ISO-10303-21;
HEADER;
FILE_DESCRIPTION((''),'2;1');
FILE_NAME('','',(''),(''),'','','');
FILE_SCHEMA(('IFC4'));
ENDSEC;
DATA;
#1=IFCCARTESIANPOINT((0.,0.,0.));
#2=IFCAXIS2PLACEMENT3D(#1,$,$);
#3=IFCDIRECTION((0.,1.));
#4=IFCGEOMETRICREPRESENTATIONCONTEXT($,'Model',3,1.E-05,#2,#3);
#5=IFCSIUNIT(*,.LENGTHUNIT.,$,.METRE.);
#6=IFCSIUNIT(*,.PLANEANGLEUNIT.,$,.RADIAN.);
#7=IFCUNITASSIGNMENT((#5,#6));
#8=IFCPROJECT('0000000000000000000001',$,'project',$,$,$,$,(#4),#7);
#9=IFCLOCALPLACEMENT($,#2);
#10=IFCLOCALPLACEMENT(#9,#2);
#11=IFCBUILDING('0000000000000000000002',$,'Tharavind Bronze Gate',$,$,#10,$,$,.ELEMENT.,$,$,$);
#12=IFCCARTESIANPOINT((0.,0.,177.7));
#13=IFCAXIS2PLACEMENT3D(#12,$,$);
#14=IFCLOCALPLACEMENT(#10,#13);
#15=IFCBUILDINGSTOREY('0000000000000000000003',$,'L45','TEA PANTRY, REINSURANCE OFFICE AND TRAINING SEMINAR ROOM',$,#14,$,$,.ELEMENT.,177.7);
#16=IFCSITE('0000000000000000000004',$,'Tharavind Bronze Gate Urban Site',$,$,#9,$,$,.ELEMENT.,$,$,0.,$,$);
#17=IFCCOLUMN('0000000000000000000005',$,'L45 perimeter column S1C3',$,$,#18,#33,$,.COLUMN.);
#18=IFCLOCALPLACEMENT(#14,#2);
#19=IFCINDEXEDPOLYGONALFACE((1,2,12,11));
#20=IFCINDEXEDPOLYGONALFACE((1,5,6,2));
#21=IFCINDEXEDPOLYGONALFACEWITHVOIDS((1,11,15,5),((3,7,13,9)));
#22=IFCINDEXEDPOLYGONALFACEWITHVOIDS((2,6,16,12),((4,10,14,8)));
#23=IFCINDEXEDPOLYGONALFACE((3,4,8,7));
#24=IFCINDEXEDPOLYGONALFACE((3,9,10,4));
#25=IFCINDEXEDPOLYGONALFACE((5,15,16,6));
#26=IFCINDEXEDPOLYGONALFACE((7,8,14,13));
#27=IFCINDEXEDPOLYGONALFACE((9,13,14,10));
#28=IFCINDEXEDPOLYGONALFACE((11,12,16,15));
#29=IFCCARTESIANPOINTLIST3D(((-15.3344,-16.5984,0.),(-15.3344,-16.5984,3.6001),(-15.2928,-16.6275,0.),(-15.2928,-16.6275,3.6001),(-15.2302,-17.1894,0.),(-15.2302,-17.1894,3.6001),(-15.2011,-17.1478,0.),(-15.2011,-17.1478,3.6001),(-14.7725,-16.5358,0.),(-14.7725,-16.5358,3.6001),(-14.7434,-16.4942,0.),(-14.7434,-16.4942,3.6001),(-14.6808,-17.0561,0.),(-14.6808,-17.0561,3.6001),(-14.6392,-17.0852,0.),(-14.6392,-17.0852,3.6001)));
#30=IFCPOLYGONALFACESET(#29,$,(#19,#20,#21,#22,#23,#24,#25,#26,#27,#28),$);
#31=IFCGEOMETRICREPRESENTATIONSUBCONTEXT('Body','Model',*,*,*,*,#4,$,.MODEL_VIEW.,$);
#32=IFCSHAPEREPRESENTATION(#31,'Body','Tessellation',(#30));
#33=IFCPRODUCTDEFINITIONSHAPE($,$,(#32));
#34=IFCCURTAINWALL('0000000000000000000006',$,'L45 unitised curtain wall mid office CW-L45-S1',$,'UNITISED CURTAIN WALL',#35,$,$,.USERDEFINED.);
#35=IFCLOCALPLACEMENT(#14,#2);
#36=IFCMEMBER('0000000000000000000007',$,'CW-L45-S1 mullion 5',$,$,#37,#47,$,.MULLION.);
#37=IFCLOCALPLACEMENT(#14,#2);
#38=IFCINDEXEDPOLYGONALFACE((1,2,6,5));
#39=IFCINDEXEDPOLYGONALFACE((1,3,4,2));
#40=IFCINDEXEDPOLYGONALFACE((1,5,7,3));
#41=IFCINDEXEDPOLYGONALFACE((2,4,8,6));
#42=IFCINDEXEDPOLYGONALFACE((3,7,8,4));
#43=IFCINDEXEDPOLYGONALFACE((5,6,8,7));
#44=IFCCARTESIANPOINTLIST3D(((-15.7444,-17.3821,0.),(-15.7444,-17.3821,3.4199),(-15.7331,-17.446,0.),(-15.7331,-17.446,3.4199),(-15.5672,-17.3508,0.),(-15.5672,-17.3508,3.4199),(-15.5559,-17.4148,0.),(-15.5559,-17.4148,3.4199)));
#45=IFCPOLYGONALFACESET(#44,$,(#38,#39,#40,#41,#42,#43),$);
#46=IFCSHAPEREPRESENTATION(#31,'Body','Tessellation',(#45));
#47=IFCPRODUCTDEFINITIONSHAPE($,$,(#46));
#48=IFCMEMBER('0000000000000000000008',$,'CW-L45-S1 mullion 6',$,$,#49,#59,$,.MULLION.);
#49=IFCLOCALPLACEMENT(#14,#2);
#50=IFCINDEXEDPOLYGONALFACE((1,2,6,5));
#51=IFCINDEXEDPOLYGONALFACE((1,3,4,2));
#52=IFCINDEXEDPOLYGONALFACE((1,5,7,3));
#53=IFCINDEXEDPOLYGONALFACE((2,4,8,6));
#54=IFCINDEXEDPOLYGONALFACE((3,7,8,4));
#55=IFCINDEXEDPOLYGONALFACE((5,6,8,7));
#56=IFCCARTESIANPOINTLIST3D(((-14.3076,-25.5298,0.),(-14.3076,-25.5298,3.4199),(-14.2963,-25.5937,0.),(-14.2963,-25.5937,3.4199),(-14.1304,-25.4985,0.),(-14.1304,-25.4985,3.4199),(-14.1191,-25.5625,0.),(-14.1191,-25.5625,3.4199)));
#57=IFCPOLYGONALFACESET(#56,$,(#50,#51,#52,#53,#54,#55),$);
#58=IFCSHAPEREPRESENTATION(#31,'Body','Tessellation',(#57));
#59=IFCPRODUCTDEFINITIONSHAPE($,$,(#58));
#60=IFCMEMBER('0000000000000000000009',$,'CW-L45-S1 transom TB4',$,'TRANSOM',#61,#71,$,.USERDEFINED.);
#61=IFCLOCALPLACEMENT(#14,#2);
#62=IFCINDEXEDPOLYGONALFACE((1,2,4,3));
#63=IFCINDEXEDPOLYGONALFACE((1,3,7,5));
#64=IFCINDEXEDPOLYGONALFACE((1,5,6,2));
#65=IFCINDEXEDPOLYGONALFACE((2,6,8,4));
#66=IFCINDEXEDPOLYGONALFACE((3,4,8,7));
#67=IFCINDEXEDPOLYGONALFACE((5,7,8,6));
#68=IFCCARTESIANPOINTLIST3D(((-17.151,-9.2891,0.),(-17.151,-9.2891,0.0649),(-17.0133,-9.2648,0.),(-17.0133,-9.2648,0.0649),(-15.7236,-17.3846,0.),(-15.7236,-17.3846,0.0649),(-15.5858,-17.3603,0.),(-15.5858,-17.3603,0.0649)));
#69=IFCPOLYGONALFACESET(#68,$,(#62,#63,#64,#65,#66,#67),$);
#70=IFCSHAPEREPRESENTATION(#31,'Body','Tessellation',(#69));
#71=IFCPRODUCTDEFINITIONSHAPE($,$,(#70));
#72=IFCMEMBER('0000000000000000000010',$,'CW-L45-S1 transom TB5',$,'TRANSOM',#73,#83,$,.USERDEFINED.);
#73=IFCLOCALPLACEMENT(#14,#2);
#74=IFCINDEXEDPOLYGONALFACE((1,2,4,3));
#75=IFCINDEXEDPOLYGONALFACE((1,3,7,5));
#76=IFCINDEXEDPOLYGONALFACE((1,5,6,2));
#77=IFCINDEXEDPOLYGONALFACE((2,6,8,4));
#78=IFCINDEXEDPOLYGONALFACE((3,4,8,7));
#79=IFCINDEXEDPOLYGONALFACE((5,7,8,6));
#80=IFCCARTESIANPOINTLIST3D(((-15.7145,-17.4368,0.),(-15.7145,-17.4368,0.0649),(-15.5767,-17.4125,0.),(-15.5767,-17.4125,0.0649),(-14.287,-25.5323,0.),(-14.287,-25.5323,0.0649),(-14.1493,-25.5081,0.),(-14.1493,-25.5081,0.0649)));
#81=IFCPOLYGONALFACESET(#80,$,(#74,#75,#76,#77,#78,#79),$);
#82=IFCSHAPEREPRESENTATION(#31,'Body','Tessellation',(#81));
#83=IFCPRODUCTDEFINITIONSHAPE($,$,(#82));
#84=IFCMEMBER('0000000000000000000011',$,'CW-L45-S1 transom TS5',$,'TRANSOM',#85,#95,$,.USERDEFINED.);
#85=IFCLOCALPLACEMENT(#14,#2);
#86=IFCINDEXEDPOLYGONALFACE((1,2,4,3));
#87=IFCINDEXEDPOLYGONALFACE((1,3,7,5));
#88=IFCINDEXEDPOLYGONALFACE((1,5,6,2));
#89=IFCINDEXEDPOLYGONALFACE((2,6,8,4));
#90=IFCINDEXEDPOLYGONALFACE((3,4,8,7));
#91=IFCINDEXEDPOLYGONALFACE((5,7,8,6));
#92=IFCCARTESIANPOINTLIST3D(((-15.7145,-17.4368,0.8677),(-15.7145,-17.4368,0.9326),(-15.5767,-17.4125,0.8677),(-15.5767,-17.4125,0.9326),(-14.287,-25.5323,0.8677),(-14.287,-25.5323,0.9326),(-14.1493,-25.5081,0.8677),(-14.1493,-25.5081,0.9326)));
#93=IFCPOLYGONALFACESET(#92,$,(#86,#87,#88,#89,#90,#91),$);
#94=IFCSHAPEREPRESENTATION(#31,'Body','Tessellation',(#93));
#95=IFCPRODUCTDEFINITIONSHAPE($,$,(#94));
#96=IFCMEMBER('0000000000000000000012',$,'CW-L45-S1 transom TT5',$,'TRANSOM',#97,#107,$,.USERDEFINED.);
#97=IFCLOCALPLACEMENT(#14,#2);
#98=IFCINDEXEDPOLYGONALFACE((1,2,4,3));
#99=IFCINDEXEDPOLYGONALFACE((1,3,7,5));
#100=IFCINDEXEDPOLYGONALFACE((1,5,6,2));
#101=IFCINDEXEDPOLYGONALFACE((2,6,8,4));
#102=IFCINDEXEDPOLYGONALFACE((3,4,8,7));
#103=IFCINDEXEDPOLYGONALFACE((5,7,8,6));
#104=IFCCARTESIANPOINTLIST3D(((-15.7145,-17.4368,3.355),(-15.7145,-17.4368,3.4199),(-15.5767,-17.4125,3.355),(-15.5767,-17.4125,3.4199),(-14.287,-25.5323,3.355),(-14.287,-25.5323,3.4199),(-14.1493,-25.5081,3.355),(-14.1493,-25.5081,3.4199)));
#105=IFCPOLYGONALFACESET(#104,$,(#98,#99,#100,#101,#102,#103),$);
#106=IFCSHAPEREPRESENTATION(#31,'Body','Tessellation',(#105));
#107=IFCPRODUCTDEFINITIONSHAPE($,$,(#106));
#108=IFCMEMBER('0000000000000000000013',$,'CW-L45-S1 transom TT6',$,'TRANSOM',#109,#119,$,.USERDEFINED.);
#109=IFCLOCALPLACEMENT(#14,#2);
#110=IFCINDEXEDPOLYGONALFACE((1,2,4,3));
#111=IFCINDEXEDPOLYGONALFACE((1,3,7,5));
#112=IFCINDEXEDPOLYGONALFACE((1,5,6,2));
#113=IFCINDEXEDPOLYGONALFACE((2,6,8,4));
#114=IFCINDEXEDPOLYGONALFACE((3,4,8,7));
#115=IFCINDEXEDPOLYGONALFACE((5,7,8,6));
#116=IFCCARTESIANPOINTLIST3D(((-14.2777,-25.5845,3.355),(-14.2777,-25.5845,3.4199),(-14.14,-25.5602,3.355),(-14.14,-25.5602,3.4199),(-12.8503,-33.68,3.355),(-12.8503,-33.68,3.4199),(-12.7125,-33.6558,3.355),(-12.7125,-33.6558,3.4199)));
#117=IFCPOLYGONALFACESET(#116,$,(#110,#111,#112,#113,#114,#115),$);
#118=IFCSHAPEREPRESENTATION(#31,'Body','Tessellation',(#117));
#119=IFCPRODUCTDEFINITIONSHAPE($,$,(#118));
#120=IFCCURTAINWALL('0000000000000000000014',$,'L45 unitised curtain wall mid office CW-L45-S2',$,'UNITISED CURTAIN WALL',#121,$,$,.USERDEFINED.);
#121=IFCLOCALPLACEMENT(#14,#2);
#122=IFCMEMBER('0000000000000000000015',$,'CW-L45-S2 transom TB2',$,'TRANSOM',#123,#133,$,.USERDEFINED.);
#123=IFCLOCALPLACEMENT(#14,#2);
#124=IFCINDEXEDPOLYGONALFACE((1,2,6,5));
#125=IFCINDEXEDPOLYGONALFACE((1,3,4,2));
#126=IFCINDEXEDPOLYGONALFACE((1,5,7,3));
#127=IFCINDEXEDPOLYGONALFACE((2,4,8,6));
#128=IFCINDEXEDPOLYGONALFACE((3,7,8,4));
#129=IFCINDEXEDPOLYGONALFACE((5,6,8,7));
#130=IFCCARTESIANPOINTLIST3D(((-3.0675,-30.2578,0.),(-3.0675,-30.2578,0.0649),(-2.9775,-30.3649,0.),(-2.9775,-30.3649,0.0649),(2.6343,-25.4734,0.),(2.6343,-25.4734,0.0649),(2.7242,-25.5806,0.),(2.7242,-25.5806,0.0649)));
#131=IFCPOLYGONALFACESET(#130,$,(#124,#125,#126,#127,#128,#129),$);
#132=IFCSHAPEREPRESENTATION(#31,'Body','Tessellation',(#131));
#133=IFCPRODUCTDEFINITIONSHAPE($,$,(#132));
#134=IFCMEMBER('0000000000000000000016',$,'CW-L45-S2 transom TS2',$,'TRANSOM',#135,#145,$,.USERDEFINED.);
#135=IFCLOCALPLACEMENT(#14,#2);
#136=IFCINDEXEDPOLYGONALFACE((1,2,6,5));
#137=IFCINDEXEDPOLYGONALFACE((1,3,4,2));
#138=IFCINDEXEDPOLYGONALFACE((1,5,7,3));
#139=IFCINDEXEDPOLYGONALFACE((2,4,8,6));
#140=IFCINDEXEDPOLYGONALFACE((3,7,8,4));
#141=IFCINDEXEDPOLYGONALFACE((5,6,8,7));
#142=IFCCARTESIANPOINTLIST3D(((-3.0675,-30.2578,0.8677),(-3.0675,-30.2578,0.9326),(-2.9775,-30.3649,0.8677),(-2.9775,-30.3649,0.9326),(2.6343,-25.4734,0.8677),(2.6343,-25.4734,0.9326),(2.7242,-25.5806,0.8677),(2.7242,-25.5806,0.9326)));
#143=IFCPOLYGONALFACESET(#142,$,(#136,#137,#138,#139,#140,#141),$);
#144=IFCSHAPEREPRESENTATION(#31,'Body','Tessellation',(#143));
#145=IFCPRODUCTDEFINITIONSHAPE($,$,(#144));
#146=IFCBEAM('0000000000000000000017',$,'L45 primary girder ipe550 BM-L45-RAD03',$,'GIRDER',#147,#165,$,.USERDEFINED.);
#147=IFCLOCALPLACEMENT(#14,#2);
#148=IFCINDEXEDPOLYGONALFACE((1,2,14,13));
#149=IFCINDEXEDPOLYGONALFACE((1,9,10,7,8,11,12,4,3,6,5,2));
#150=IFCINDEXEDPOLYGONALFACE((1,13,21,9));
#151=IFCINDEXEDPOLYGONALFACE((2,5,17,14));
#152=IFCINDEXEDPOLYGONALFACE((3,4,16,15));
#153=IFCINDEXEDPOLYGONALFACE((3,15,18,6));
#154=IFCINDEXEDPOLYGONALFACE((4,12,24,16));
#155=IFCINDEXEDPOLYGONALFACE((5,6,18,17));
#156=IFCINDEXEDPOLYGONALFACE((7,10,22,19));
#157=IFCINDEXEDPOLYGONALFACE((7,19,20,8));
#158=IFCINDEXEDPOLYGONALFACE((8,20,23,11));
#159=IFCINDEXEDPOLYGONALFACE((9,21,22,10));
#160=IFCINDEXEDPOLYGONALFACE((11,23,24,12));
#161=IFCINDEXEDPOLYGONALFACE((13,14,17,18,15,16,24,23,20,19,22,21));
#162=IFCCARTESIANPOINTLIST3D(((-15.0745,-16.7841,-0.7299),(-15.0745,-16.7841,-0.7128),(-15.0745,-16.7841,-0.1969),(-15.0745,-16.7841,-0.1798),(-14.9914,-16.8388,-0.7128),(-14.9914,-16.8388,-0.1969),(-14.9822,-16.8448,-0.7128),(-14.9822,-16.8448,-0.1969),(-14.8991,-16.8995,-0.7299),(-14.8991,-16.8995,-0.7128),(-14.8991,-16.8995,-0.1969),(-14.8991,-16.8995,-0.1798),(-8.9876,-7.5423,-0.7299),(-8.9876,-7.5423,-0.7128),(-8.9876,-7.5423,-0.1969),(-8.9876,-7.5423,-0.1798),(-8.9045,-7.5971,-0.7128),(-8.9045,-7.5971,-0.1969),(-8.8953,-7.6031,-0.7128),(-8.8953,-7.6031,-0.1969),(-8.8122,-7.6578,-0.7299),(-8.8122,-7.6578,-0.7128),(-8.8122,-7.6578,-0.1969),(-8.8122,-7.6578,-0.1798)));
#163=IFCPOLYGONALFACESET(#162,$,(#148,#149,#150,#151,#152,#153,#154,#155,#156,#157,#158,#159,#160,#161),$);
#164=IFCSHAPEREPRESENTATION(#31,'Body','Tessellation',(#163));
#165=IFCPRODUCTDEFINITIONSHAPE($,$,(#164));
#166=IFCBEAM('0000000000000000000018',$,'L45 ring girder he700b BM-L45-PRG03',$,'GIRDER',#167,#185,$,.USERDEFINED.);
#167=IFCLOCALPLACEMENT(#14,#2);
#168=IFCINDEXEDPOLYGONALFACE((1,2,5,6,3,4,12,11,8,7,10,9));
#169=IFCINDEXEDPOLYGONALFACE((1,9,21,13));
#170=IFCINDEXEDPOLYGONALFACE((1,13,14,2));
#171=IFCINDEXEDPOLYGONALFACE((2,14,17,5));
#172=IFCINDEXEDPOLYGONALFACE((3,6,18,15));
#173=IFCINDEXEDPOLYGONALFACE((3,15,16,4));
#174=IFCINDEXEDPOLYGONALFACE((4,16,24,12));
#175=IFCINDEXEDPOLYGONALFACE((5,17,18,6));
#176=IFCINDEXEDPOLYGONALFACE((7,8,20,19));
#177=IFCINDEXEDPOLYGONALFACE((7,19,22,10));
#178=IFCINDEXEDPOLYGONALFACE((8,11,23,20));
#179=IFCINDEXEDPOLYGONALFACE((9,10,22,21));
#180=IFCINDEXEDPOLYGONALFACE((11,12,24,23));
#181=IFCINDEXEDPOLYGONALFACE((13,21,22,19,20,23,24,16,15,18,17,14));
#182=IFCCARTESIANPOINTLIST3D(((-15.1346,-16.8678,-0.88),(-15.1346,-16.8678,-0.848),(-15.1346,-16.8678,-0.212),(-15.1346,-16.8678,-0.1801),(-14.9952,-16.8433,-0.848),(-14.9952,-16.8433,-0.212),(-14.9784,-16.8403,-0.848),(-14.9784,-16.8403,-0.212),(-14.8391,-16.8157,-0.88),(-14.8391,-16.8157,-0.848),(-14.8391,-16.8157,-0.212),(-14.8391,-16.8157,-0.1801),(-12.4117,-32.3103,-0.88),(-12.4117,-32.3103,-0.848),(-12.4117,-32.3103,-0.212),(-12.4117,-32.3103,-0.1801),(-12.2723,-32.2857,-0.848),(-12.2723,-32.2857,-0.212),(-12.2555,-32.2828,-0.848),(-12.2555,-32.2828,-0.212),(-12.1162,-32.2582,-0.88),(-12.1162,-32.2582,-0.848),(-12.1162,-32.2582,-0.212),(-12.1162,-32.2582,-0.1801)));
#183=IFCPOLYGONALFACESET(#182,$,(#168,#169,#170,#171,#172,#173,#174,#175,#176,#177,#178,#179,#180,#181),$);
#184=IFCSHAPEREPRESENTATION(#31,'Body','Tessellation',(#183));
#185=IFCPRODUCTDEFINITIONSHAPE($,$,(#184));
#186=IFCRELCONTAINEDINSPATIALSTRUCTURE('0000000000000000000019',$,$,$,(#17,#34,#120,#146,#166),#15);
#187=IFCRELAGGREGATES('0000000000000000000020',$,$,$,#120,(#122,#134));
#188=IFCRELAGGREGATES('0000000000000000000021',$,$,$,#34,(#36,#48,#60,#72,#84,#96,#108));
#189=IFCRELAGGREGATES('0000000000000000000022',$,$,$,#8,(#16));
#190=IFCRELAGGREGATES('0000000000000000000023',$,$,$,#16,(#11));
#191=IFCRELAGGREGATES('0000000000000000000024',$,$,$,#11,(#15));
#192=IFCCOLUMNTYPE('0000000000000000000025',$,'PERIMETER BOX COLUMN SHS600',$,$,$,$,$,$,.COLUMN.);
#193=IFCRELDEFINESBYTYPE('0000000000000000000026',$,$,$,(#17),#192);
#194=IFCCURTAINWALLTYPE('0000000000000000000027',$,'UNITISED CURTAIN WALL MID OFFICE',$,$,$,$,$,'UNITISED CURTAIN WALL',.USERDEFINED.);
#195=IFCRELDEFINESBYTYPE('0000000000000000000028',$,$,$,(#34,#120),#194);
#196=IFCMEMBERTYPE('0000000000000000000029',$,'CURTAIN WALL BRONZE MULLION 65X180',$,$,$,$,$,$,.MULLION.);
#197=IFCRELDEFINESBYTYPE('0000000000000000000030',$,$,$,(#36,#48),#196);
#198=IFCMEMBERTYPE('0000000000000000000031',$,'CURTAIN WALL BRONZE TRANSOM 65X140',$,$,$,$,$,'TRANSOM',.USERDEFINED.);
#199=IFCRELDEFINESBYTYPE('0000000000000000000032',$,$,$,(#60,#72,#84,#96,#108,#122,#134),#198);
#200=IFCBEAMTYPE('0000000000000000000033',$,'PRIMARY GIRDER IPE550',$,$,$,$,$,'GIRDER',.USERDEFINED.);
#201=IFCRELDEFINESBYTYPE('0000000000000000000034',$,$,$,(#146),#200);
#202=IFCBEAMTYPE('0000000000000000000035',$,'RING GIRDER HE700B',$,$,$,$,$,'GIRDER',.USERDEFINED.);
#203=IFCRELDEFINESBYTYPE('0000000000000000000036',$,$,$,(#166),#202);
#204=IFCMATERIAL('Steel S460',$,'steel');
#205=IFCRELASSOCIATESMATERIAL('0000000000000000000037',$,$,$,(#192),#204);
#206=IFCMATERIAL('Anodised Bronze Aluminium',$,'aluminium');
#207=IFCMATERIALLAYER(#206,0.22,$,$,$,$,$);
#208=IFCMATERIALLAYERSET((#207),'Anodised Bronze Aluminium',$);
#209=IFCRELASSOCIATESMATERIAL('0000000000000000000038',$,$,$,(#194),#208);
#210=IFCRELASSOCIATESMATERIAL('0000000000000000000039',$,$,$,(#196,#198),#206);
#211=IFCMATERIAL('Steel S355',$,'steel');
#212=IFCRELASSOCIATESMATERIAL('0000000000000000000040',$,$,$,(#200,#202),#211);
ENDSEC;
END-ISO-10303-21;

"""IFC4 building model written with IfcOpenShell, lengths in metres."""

from ifc_helpers import new_model, si_unit, direction, frame, origin, origin_2d, place, context, subcontext, project, spatial, rectangle, hollow_rectangle, i_section, extrude, material, layer, layer_set, material_profile, profile_set, type_object, element, aggregate, save


model = new_model("IFC4")

# Units and contexts
model_context = context("Model", 3, precision=1e-05, world=origin(), true_north=direction((0.0, 1.0)))
body_context = subcontext(model_context, "Body", "Model", "MODEL_VIEW")
ifc_project = project(units=[si_unit("LENGTHUNIT", "METRE"), si_unit("PLANEANGLEUNIT", "RADIAN")], contexts=[model_context])

# Site, building, storey
site_placement = place(None, origin())
site = spatial("IfcSite", under=ifc_project, at=site_placement, Name="Tharavind Bronze Gate Urban Site", CompositionType="ELEMENT", RefElevation=0.0)
building_placement = place(site_placement, origin())
building = spatial("IfcBuilding", under=site, at=building_placement, Name="Tharavind Bronze Gate", CompositionType="ELEMENT")
storey_placement = place(building_placement, frame((0.0, 0.0, 177.7)))
storey = spatial("IfcBuildingStorey", under=building, at=storey_placement, Name="L45", Description="TEA PANTRY, REINSURANCE OFFICE AND TRAINING SEMINAR ROOM", CompositionType="ELEMENT", Elevation=177.7)

# Column
ifc_material_1 = material(Name="Steel S460", Category="steel")
ifc_material_profile_1 = material_profile(ifc_material_1, hollow_rectangle(XDim=0.6001, YDim=0.6001, WallThickness=0.0359, at=origin_2d()), Name="SHS600X36")
ifc_profile_set_1 = profile_set([ifc_material_profile_1], Name="Steel S460")
column_type = type_object("IfcColumnType", Name="PERIMETER BOX COLUMN SHS600", PredefinedType="COLUMN", material=ifc_profile_set_1)
column_placement = place(storey_placement, frame((-14.9868, -16.8418, 0.0), z_axis=(0.0, 0.0, 1.0), x_axis=(-0.173648, 0.984808, 0.0)))
element("IfcColumn", 1, at=column_placement, inside=storey, type_object=column_type, Name="L45 perimeter column S1C3", PredefinedType="COLUMN", context=body_context, shape_type="SweptSolid", body=[
    extrude(hollow_rectangle(XDim=0.6001, YDim=0.6001, WallThickness=0.0359, at=origin_2d()), origin(), (0.0, 0.0, 1.0), 3.6001),
])

# Curtain walls, members
ifc_material_2 = material(Name="Anodised Bronze Aluminium", Category="aluminium")
ifc_layer_1 = layer(ifc_material_2, 0.22)
ifc_layer_set_1 = layer_set([ifc_layer_1], Name="Anodised Bronze Aluminium")
curtain_wall_type = type_object("IfcCurtainWallType", Name="UNITISED CURTAIN WALL MID OFFICE", ElementType="UNITISED CURTAIN WALL", PredefinedType="USERDEFINED", material=ifc_layer_set_1)
curtain_wall_1_placement = place(storey_placement, origin())
curtain_wall_1 = element("IfcCurtainWall", 2, at=curtain_wall_1_placement, inside=storey, type_object=curtain_wall_type, Name="L45 unitised curtain wall mid office CW-L45-S1", ObjectType="UNITISED CURTAIN WALL", PredefinedType="USERDEFINED")
member_type_1 = type_object("IfcMemberType", Name="CURTAIN WALL BRONZE MULLION 65X180", PredefinedType="MULLION", material=ifc_material_2)
member_1_placement = place(storey_placement, frame((-15.6501, -17.3984, 0.0), z_axis=(0.0, 0.0, 1.0), x_axis=(0.173648, -0.984808, 0.0)))
member_1 = element("IfcMember", 3, at=member_1_placement, type_object=member_type_1, Name="CW-L45-S1 mullion 5", PredefinedType="MULLION", context=body_context, shape_type="SweptSolid", body=[
    extrude(rectangle(XDim=0.0649, YDim=0.1799, at=origin_2d()), origin(), (0.0, 0.0, 1.0), 3.4199),
])
member_2_placement = place(storey_placement, frame((-14.2134, -25.5461, 0.0), z_axis=(0.0, 0.0, 1.0), x_axis=(0.173648, -0.984808, 0.0)))
member_2 = element("IfcMember", 4, at=member_2_placement, type_object=member_type_1, Name="CW-L45-S1 mullion 6", PredefinedType="MULLION", context=body_context, shape_type="SweptSolid", body=[
    extrude(rectangle(XDim=0.0649, YDim=0.1799, at=origin_2d()), origin(), (0.0, 0.0, 1.0), 3.4199),
])
member_type_2 = type_object("IfcMemberType", Name="CURTAIN WALL BRONZE TRANSOM 65X140", ElementType="TRANSOM", PredefinedType="USERDEFINED", material=ifc_material_2)
member_3_placement = place(storey_placement, frame((-16.3684, -13.3247, 0.0), z_axis=(0.0, 0.0, 1.0), x_axis=(0.173648, -0.984808, 0.0)))
member_3 = element("IfcMember", 5, at=member_3_placement, type_object=member_type_2, Name="CW-L45-S1 transom TB4", ObjectType="TRANSOM", PredefinedType="USERDEFINED", context=body_context, shape_type="SweptSolid", body=[
    extrude(rectangle(XDim=8.2205, YDim=0.1399, at=origin_2d()), origin(), (0.0, 0.0, 1.0), 0.0649),
])
member_4_placement = place(storey_placement, frame((-14.9319, -21.4724, 0.0), z_axis=(0.0, 0.0, 1.0), x_axis=(0.173648, -0.984808, 0.0)))
member_4 = element("IfcMember", 6, at=member_4_placement, type_object=member_type_2, Name="CW-L45-S1 transom TB5", ObjectType="TRANSOM", PredefinedType="USERDEFINED", context=body_context, shape_type="SweptSolid", body=[
    extrude(rectangle(XDim=8.2205, YDim=0.1399, at=origin_2d()), origin(), (0.0, 0.0, 1.0), 0.0649),
])
member_5_placement = place(storey_placement, frame((-14.9319, -21.4724, 0.8677), z_axis=(0.0, 0.0, 1.0), x_axis=(0.173648, -0.984808, 0.0)))
member_5 = element("IfcMember", 7, at=member_5_placement, type_object=member_type_2, Name="CW-L45-S1 transom TS5", ObjectType="TRANSOM", PredefinedType="USERDEFINED", context=body_context, shape_type="SweptSolid", body=[
    extrude(rectangle(XDim=8.2205, YDim=0.1399, at=origin_2d()), origin(), (0.0, 0.0, 1.0), 0.0649),
])
member_6_placement = place(storey_placement, frame((-14.9319, -21.4724, 3.355), z_axis=(0.0, 0.0, 1.0), x_axis=(0.173648, -0.984808, 0.0)))
member_6 = element("IfcMember", 8, at=member_6_placement, type_object=member_type_2, Name="CW-L45-S1 transom TT5", ObjectType="TRANSOM", PredefinedType="USERDEFINED", context=body_context, shape_type="SweptSolid", body=[
    extrude(rectangle(XDim=8.2205, YDim=0.1399, at=origin_2d()), origin(), (0.0, 0.0, 1.0), 0.0649),
])
member_7_placement = place(storey_placement, frame((-13.4951, -29.6201, 3.355), z_axis=(0.0, 0.0, 1.0), x_axis=(0.173648, -0.984808, 0.0)))
member_7 = element("IfcMember", 9, at=member_7_placement, type_object=member_type_2, Name="CW-L45-S1 transom TT6", ObjectType="TRANSOM", PredefinedType="USERDEFINED", context=body_context, shape_type="SweptSolid", body=[
    extrude(rectangle(XDim=8.2205, YDim=0.1399, at=origin_2d()), origin(), (0.0, 0.0, 1.0), 0.0649),
])
curtain_wall_2_placement = place(storey_placement, origin())
curtain_wall_2 = element("IfcCurtainWall", 10, at=curtain_wall_2_placement, inside=storey, type_object=curtain_wall_type, Name="L45 unitised curtain wall mid office CW-L45-S2", ObjectType="UNITISED CURTAIN WALL", PredefinedType="USERDEFINED")
member_8_placement = place(storey_placement, frame((-0.1716, -27.9192, 0.0), z_axis=(0.0, 0.0, 1.0), x_axis=(0.766043, 0.642789, 0.0)))
member_8 = element("IfcMember", 11, at=member_8_placement, type_object=member_type_2, Name="CW-L45-S2 transom TB2", ObjectType="TRANSOM", PredefinedType="USERDEFINED", context=body_context, shape_type="SweptSolid", body=[
    extrude(rectangle(XDim=7.4431, YDim=0.1399, at=origin_2d()), origin(), (0.0, 0.0, 1.0), 0.0649),
])
member_9_placement = place(storey_placement, frame((-0.1716, -27.9192, 0.8677), z_axis=(0.0, 0.0, 1.0), x_axis=(0.766043, 0.642789, 0.0)))
member_9 = element("IfcMember", 12, at=member_9_placement, type_object=member_type_2, Name="CW-L45-S2 transom TS2", ObjectType="TRANSOM", PredefinedType="USERDEFINED", context=body_context, shape_type="SweptSolid", body=[
    extrude(rectangle(XDim=7.4431, YDim=0.1399, at=origin_2d()), origin(), (0.0, 0.0, 1.0), 0.0649),
])
aggregate(curtain_wall_2, [member_8, member_9])

# Beams
ifc_material_3 = material(Name="Steel S355", Category="steel")
ifc_material_profile_2 = material_profile(ifc_material_3, i_section(OverallWidth=0.21, OverallDepth=0.55, WebThickness=0.011, FlangeThickness=0.0171, at=origin_2d()), Name="IPE550")
ifc_profile_set_2 = profile_set([ifc_material_profile_2], Name="Steel S355")
beam_type_1 = type_object("IfcBeamType", Name="PRIMARY GIRDER IPE550", ElementType="GIRDER", PredefinedType="USERDEFINED", material=ifc_profile_set_2)
beam_1_placement = place(storey_placement, frame((-14.9868, -16.8418, -0.4548), z_axis=(0.550048, 0.835133, 0.0), x_axis=(-0.835133, 0.550048, 0.0)))
element("IfcBeam", 13, at=beam_1_placement, inside=storey, type_object=beam_type_1, Name="L45 primary girder ipe550 BM-L45-RAD03", ObjectType="GIRDER", PredefinedType="USERDEFINED", context=body_context, shape_type="SweptSolid", body=[
    extrude(i_section(OverallWidth=0.21, OverallDepth=0.55, WebThickness=0.011, FlangeThickness=0.0171, at=origin_2d()), origin(), (0.0, 0.0, 1.0), 11.0662),
])
ifc_material_profile_3 = material_profile(ifc_material_3, i_section(OverallWidth=0.3, OverallDepth=0.7, WebThickness=0.0171, FlangeThickness=0.032, at=origin_2d()), Name="HE700B")
ifc_profile_set_3 = profile_set([ifc_material_profile_3], Name="Steel S355")
beam_type_2 = type_object("IfcBeamType", Name="RING GIRDER HE700B", ElementType="GIRDER", PredefinedType="USERDEFINED", material=ifc_profile_set_3)
beam_2_placement = place(storey_placement, frame((-14.9868, -16.8418, -0.53), z_axis=(0.173648, -0.984808, 0.0), x_axis=(0.984808, 0.173648, 0.0)))
element("IfcBeam", 14, at=beam_2_placement, inside=storey, type_object=beam_type_2, Name="L45 ring girder he700b BM-L45-PRG03", ObjectType="GIRDER", PredefinedType="USERDEFINED", context=body_context, shape_type="SweptSolid", body=[
    extrude(i_section(OverallWidth=0.3, OverallDepth=0.7, WebThickness=0.0171, FlangeThickness=0.032, at=origin_2d()), origin(), (0.0, 0.0, 1.0), 15.6807),
])

aggregate(curtain_wall_1, [member_1, member_2, member_3, member_4, member_5, member_6, member_7])

save(model, "model.ifc")
